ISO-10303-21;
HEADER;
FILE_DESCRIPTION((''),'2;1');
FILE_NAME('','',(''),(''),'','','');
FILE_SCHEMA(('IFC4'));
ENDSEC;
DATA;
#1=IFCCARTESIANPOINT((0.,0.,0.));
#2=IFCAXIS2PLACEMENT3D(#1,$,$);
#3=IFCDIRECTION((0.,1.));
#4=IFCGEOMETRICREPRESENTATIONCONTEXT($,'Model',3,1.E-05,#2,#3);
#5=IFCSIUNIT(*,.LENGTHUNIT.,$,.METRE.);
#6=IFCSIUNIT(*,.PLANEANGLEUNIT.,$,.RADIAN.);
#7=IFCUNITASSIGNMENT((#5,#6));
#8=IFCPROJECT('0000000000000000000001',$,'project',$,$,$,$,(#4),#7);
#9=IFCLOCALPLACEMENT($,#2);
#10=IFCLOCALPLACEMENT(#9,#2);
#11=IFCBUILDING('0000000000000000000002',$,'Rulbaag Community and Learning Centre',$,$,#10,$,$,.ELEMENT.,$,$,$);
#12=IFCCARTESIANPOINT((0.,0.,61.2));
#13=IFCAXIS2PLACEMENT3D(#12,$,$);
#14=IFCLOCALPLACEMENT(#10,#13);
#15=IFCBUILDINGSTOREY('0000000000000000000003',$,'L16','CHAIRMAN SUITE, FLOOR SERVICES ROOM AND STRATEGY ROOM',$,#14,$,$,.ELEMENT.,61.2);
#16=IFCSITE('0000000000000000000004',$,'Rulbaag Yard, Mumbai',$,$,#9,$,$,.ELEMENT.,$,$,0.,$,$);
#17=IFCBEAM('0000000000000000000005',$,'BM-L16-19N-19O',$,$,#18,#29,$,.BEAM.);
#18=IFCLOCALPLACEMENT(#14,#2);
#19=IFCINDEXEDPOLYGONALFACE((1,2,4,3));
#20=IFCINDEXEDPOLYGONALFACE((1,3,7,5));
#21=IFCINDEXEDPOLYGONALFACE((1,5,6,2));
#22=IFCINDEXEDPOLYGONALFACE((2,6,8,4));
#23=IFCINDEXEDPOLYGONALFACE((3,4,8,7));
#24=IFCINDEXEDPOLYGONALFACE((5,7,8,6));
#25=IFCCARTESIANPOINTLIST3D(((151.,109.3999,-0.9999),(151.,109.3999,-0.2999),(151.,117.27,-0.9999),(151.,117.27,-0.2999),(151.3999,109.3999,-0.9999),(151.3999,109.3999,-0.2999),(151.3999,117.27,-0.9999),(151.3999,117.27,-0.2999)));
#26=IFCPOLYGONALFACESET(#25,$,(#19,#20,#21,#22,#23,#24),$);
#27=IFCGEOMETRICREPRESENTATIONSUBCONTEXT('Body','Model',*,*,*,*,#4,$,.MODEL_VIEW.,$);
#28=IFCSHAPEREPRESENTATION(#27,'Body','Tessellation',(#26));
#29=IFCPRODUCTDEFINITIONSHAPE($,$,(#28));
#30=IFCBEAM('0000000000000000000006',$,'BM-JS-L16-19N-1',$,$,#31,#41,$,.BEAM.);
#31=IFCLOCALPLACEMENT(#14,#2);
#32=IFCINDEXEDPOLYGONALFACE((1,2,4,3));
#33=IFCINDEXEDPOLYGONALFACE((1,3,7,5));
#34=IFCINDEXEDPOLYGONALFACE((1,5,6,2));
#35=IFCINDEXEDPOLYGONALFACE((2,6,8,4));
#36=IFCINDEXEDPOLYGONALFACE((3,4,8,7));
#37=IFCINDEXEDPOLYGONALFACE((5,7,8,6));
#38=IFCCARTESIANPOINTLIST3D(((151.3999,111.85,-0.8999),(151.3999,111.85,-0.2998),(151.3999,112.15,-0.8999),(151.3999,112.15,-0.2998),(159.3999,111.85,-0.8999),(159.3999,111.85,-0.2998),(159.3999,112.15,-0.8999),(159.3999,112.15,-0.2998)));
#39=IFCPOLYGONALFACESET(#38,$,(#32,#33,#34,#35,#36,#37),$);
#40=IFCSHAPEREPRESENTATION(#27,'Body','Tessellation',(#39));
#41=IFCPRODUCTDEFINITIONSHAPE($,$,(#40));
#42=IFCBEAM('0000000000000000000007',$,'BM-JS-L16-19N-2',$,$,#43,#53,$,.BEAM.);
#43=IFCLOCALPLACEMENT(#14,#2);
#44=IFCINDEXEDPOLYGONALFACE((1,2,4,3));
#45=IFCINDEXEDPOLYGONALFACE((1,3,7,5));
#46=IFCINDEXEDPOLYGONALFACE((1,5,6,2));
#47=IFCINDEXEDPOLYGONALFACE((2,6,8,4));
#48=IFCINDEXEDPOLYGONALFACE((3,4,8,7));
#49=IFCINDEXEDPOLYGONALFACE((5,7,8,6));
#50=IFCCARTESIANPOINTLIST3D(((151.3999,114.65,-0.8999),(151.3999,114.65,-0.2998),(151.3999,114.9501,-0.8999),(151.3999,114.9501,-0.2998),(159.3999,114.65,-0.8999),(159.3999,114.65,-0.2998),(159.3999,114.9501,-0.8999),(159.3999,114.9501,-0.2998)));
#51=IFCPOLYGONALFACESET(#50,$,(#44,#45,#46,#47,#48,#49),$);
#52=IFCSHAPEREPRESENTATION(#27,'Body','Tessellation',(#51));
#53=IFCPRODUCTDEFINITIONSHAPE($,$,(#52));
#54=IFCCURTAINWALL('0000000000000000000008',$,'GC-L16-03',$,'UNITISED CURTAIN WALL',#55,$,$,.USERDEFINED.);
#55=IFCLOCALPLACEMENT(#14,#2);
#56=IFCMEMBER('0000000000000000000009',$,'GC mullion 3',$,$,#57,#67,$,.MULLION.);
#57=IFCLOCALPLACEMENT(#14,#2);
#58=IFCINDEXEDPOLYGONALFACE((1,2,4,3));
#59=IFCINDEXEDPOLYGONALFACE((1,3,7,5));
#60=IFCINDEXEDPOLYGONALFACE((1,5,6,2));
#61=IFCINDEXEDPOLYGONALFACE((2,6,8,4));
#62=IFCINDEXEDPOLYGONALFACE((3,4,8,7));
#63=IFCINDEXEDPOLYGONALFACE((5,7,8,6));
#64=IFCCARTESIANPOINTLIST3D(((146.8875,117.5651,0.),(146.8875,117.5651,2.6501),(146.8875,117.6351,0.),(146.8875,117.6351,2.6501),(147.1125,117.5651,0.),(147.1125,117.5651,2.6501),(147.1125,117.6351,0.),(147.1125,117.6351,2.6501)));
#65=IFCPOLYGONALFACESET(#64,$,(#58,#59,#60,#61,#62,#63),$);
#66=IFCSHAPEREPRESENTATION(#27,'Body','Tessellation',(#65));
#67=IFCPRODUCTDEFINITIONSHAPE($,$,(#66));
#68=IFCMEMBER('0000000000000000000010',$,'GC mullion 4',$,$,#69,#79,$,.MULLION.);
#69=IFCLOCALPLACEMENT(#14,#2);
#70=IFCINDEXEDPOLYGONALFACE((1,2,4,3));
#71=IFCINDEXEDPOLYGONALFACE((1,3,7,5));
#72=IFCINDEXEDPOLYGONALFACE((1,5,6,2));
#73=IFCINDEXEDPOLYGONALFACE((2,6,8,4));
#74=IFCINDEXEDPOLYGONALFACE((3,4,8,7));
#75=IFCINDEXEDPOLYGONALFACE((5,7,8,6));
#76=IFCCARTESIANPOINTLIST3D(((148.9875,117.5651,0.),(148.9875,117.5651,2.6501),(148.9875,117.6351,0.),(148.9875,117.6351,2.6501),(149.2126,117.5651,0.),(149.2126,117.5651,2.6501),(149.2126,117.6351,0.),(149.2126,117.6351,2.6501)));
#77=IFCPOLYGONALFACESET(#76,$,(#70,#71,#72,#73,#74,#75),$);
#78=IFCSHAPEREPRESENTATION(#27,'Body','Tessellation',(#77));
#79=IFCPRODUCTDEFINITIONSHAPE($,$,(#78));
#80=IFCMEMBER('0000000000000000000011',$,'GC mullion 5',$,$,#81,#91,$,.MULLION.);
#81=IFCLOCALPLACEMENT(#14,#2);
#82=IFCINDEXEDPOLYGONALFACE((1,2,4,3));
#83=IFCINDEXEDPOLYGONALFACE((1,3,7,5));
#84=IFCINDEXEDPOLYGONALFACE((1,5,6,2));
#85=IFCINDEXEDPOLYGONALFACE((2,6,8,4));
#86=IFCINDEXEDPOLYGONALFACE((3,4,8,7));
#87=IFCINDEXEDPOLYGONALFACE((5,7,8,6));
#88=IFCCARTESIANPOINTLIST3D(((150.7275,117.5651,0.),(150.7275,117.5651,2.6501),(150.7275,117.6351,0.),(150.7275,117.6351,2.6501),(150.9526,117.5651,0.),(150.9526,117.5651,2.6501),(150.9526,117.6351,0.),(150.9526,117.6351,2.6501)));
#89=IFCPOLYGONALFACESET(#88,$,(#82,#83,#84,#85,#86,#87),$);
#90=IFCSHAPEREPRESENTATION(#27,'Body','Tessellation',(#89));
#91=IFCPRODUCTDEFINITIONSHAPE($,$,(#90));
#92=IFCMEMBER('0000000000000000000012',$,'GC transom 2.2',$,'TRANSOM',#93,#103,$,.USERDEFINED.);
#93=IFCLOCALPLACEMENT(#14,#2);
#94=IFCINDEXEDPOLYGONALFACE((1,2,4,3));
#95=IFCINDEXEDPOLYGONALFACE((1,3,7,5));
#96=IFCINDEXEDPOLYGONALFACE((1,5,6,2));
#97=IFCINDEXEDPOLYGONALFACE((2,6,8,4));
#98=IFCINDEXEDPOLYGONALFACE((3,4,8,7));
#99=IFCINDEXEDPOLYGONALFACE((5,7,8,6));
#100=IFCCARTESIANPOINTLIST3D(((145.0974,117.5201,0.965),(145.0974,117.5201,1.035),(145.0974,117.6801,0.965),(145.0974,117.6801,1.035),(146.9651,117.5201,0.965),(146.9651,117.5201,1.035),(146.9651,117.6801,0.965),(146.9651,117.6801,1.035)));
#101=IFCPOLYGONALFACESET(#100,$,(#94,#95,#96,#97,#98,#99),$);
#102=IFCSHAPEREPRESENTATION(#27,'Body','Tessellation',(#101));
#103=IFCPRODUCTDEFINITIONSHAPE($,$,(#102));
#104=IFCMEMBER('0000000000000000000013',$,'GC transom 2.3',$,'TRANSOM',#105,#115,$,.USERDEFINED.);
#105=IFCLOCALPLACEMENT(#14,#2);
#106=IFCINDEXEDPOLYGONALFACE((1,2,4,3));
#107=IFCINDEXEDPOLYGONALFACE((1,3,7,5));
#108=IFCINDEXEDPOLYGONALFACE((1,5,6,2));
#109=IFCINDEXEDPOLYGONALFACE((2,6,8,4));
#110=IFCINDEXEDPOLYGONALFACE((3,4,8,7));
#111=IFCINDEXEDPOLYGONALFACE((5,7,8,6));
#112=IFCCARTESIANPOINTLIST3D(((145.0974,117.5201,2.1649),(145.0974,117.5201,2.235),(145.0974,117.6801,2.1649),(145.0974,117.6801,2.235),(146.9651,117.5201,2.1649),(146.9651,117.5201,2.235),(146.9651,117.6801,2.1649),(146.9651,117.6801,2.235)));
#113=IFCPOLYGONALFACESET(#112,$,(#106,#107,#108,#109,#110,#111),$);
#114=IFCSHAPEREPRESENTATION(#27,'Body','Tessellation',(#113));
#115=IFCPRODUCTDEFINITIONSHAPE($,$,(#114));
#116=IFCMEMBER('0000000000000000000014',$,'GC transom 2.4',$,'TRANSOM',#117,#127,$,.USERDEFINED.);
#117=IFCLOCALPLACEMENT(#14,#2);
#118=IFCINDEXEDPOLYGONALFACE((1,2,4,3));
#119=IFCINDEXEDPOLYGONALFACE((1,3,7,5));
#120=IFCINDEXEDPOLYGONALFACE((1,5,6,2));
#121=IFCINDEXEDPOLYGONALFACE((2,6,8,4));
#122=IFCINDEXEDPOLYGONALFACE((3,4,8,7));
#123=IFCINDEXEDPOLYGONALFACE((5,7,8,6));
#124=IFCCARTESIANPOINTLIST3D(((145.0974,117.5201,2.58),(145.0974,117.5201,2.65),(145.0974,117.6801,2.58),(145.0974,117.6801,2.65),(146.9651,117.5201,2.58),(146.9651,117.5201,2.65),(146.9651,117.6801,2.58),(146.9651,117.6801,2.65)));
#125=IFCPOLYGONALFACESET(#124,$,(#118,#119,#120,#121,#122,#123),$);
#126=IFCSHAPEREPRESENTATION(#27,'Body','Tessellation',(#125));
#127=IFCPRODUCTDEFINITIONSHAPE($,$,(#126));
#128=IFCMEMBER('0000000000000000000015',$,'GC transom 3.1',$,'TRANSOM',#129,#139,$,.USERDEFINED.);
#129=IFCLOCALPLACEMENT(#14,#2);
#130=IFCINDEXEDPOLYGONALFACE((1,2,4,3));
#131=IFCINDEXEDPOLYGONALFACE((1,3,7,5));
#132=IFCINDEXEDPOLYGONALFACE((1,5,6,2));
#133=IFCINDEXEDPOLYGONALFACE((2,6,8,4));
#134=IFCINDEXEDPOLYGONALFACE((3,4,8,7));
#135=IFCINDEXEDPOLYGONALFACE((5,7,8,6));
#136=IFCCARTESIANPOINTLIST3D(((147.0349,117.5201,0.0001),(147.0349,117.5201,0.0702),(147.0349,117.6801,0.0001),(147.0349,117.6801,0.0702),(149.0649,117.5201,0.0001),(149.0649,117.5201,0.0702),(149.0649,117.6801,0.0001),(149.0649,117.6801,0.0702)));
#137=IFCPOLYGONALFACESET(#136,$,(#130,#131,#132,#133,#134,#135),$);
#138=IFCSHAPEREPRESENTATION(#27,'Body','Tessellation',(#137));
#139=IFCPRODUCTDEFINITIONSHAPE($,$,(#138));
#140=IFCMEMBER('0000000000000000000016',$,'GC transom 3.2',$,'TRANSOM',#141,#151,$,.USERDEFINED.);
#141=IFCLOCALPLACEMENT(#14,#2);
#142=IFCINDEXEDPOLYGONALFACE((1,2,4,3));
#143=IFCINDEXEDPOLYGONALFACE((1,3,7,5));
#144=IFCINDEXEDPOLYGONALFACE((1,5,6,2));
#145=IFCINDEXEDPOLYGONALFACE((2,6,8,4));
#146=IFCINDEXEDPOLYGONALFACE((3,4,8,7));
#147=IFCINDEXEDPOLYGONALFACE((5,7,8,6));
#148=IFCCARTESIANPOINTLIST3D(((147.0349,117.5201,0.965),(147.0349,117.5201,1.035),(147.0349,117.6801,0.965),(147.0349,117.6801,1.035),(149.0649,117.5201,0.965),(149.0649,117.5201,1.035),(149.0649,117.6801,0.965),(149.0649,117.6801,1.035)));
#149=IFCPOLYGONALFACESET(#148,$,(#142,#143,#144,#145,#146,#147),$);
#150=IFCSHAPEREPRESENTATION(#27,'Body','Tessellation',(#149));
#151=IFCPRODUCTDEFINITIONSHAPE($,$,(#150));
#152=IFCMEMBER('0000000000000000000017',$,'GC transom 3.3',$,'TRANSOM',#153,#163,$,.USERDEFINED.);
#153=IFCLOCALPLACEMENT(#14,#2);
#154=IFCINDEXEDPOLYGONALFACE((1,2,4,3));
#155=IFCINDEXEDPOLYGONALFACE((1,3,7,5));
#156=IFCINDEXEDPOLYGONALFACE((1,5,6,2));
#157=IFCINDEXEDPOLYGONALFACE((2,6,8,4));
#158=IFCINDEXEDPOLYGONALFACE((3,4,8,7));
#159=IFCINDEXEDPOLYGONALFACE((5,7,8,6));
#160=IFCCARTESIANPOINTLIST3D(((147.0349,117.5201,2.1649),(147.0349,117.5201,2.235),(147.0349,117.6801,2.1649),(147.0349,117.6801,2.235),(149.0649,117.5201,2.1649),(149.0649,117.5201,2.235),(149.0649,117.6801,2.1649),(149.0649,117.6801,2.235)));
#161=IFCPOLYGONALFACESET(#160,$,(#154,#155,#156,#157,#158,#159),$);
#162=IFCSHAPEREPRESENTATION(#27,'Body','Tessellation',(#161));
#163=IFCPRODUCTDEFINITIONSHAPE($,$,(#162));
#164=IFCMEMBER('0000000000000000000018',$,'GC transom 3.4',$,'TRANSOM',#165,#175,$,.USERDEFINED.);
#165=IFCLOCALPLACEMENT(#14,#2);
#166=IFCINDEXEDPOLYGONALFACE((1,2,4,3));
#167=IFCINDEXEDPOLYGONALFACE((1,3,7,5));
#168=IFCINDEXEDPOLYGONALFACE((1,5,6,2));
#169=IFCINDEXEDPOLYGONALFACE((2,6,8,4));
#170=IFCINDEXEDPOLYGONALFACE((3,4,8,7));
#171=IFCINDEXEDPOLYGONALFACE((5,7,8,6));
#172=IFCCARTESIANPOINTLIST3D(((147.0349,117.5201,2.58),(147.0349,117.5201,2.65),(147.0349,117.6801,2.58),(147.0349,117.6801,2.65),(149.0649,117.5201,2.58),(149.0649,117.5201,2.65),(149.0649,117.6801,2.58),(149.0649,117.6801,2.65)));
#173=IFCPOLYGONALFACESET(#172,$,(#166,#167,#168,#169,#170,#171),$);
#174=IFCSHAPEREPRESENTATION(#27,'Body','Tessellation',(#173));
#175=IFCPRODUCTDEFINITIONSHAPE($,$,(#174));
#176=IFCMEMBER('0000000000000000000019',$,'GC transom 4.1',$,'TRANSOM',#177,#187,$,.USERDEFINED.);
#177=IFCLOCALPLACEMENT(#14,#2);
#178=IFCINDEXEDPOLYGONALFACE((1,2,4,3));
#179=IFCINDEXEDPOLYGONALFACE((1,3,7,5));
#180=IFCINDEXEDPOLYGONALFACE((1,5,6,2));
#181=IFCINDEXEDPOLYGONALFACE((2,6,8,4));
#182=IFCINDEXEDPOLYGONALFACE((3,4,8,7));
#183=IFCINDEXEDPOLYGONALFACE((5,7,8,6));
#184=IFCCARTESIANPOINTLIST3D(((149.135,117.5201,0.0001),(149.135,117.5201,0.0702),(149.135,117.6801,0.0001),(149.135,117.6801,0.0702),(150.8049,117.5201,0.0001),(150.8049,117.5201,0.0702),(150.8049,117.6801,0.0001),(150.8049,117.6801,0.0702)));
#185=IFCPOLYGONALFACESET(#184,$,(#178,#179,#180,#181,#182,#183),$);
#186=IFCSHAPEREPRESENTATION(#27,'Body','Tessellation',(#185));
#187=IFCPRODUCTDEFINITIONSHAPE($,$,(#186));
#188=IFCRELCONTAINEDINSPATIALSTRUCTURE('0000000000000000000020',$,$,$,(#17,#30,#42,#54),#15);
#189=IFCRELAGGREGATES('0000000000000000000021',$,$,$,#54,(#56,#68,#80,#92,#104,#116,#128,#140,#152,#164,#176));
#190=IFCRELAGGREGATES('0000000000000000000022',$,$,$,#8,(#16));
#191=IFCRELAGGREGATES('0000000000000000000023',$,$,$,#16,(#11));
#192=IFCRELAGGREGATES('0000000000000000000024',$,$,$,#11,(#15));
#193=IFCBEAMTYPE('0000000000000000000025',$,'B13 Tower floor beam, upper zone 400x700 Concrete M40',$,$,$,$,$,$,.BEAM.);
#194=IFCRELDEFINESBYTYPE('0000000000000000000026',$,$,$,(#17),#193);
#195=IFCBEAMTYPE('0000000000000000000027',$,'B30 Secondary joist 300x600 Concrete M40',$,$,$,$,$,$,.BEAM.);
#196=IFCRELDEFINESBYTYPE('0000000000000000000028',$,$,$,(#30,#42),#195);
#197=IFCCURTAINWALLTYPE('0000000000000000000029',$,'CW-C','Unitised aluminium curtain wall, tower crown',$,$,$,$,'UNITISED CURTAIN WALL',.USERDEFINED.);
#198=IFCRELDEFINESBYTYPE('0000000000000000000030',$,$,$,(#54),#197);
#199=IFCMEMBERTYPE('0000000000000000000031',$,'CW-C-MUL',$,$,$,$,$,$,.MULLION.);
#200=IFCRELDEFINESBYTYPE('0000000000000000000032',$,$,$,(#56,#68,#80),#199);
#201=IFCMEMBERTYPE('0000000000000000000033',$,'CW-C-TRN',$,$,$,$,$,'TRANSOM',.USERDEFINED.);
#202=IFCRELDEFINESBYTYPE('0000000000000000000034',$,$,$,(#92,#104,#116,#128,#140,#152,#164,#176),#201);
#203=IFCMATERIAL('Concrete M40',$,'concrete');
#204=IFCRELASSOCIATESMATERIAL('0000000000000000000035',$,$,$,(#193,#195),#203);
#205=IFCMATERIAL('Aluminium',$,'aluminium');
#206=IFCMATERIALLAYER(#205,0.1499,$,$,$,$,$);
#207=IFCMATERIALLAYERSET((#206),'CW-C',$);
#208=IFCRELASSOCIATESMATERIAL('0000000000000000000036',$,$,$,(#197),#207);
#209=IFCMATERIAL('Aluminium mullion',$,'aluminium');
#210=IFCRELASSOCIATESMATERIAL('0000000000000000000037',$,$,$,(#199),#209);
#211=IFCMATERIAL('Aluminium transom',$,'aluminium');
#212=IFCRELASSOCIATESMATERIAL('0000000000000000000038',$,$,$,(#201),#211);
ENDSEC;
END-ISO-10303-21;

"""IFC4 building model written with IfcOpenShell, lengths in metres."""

from ifc_helpers import new_model, si_unit, direction, frame, origin, origin_2d, place, context, subcontext, project, spatial, rectangle, extrude, material, layer, layer_set, material_profile, profile_set, type_object, element, aggregate, save


model = new_model("IFC4")

# Units and contexts
model_context = context("Model", 3, precision=1e-05, world=origin(), true_north=direction((0.0, 1.0)))
body_context = subcontext(model_context, "Body", "Model", "MODEL_VIEW")
ifc_project = project(units=[si_unit("LENGTHUNIT", "METRE"), si_unit("PLANEANGLEUNIT", "RADIAN")], contexts=[model_context])

# Site, building, storey
site_placement = place(None, origin())
site = spatial("IfcSite", under=ifc_project, at=site_placement, Name="Rulbaag Yard, Mumbai", CompositionType="ELEMENT", RefElevation=0.0)
building_placement = place(site_placement, origin())
building = spatial("IfcBuilding", under=site, at=building_placement, Name="Rulbaag Community and Learning Centre", CompositionType="ELEMENT")
storey_placement = place(building_placement, frame((0.0, 0.0, 61.2)))
storey = spatial("IfcBuildingStorey", under=building, at=storey_placement, Name="L16", Description="CHAIRMAN SUITE, FLOOR SERVICES ROOM AND STRATEGY ROOM", CompositionType="ELEMENT", Elevation=61.2)

# Beams
ifc_material_1 = material(Name="Concrete M40", Category="concrete")
ifc_material_profile_1 = material_profile(ifc_material_1, rectangle(XDim=0.3999, YDim=0.7, at=origin_2d()), Name="RB400x700")
ifc_profile_set_1 = profile_set([ifc_material_profile_1], Name="Concrete M40")
beam_type_1 = type_object("IfcBeamType", Name="B13 Tower floor beam, upper zone 400x700 Concrete M40", PredefinedType="BEAM", material=ifc_profile_set_1)
beam_placement = place(storey_placement, frame((151.2, 109.3999, -0.6499), z_axis=(0.0, 1.0, 0.0), x_axis=(-1.0, 0.0, 0.0)))
element("IfcBeam", 1, at=beam_placement, inside=storey, type_object=beam_type_1, Name="BM-L16-19N-19O", PredefinedType="BEAM", context=body_context, shape_type="SweptSolid", body=[
    extrude(rectangle(XDim=0.3999, YDim=0.7, at=origin_2d()), origin(), (0.0, 0.0, 1.0), 7.8701),
])
ifc_material_profile_2 = material_profile(ifc_material_1, rectangle(XDim=0.3, YDim=0.6001, at=origin_2d()), Name="RB300x600")
ifc_profile_set_2 = profile_set([ifc_material_profile_2], Name="Concrete M40")
beam_type_2 = type_object("IfcBeamType", Name="B30 Secondary joist 300x600 Concrete M40", PredefinedType="BEAM", material=ifc_profile_set_2)
for number, where, z_axis, x_axis, name in (
    (2, (151.3999, 112.0, -0.5999), (1.0, 0.0, 0.0), (0.0, 1.0, 0.0), "BM-JS-L16-19N-1"),
    (3, (151.3999, 114.8, -0.5999), (1.0, 0.0, 0.0), (0.0, 1.0, 0.0), "BM-JS-L16-19N-2"),
):
    element("IfcBeam", number, at=place(storey_placement, frame(where, z_axis=z_axis, x_axis=x_axis)), inside=storey, type_object=beam_type_2, Name=name, PredefinedType="BEAM", context=body_context, shape_type="SweptSolid", body=[
        extrude(rectangle(XDim=0.3, YDim=0.6001, at=origin_2d()), origin(), (0.0, 0.0, 1.0), 8.0),
    ])

# Curtain wall, members
ifc_material_2 = material(Name="Aluminium", Category="aluminium")
ifc_layer_1 = layer(ifc_material_2, 0.1499)
ifc_layer_set_1 = layer_set([ifc_layer_1], Name="CW-C")
curtain_wall_type = type_object("IfcCurtainWallType", Name="CW-C", Description="Unitised aluminium curtain wall, tower crown", ElementType="UNITISED CURTAIN WALL", PredefinedType="USERDEFINED", material=ifc_layer_set_1)
curtain_wall_placement = place(storey_placement, origin())
curtain_wall = element("IfcCurtainWall", 4, at=curtain_wall_placement, inside=storey, type_object=curtain_wall_type, Name="GC-L16-03", ObjectType="UNITISED CURTAIN WALL", PredefinedType="USERDEFINED")
ifc_material_3 = material(Name="Aluminium mullion", Category="aluminium")
ifc_material_profile_3 = material_profile(ifc_material_3, rectangle(XDim=0.0701, YDim=0.2251, at=origin_2d()), Name="AL 70x225")
ifc_profile_set_3 = profile_set([ifc_material_profile_3], Name="Aluminium mullion")
member_type_1 = type_object("IfcMemberType", Name="CW-C-MUL", PredefinedType="MULLION", material=ifc_profile_set_3)
member_1_placement = place(storey_placement, frame((147.0, 117.6001, 0.0), z_axis=(0.0, 0.0, 1.0), x_axis=(0.0, 1.0, 0.0)))
member_1 = element("IfcMember", 5, at=member_1_placement, type_object=member_type_1, Name="GC mullion 3", PredefinedType="MULLION", context=body_context, shape_type="SweptSolid", body=[
    extrude(rectangle(XDim=0.0701, YDim=0.2251, at=origin_2d()), origin(), (0.0, 0.0, 1.0), 2.6501),
])
member_2_placement = place(storey_placement, frame((149.1001, 117.6001, 0.0), z_axis=(0.0, 0.0, 1.0), x_axis=(0.0, 1.0, 0.0)))
member_2 = element("IfcMember", 6, at=member_2_placement, type_object=member_type_1, Name="GC mullion 4", PredefinedType="MULLION", context=body_context, shape_type="SweptSolid", body=[
    extrude(rectangle(XDim=0.0701, YDim=0.2251, at=origin_2d()), origin(), (0.0, 0.0, 1.0), 2.6501),
])
member_3_placement = place(storey_placement, frame((150.8401, 117.6001, 0.0), z_axis=(0.0, 0.0, 1.0), x_axis=(0.0, 1.0, 0.0)))
member_3 = element("IfcMember", 7, at=member_3_placement, type_object=member_type_1, Name="GC mullion 5", PredefinedType="MULLION", context=body_context, shape_type="SweptSolid", body=[
    extrude(rectangle(XDim=0.0701, YDim=0.2251, at=origin_2d()), origin(), (0.0, 0.0, 1.0), 2.6501),
])
ifc_material_4 = material(Name="Aluminium transom", Category="aluminium")
ifc_material_profile_4 = material_profile(ifc_material_4, rectangle(XDim=0.1599, YDim=0.0701, at=origin_2d()), Name="AL 70x160 T")
ifc_profile_set_4 = profile_set([ifc_material_profile_4], Name="Aluminium transom")
member_type_2 = type_object("IfcMemberType", Name="CW-C-TRN", ElementType="TRANSOM", PredefinedType="USERDEFINED", material=ifc_profile_set_4)
member_4_placement = place(storey_placement, frame((145.0974, 117.6001, 1.0), z_axis=(1.0, 0.0, 0.0), x_axis=(0.0, 1.0, 0.0)))
member_4 = element("IfcMember", 8, at=member_4_placement, type_object=member_type_2, Name="GC transom 2.2", ObjectType="TRANSOM", PredefinedType="USERDEFINED", context=body_context, shape_type="SweptSolid", body=[
    extrude(rectangle(XDim=0.1599, YDim=0.0701, at=origin_2d()), origin(), (0.0, 0.0, 1.0), 1.8677),
])
member_5_placement = place(storey_placement, frame((145.0974, 117.6001, 2.2), z_axis=(1.0, 0.0, 0.0), x_axis=(0.0, 1.0, 0.0)))
member_5 = element("IfcMember", 9, at=member_5_placement, type_object=member_type_2, Name="GC transom 2.3", ObjectType="TRANSOM", PredefinedType="USERDEFINED", context=body_context, shape_type="SweptSolid", body=[
    extrude(rectangle(XDim=0.1599, YDim=0.0701, at=origin_2d()), origin(), (0.0, 0.0, 1.0), 1.8677),
])
member_6_placement = place(storey_placement, frame((145.0974, 117.6001, 2.615), z_axis=(1.0, 0.0, 0.0), x_axis=(0.0, 1.0, 0.0)))
member_6 = element("IfcMember", 10, at=member_6_placement, type_object=member_type_2, Name="GC transom 2.4", ObjectType="TRANSOM", PredefinedType="USERDEFINED", context=body_context, shape_type="SweptSolid", body=[
    extrude(rectangle(XDim=0.1599, YDim=0.0701, at=origin_2d()), origin(), (0.0, 0.0, 1.0), 1.8677),
])
member_7_placement = place(storey_placement, frame((147.0349, 117.6001, 0.0352), z_axis=(1.0, 0.0, 0.0), x_axis=(0.0, 1.0, 0.0)))
member_7 = element("IfcMember", 11, at=member_7_placement, type_object=member_type_2, Name="GC transom 3.1", ObjectType="TRANSOM", PredefinedType="USERDEFINED", context=body_context, shape_type="SweptSolid", body=[
    extrude(rectangle(XDim=0.1599, YDim=0.0701, at=origin_2d()), origin(), (0.0, 0.0, 1.0), 2.03),
])
member_8_placement = place(storey_placement, frame((147.0349, 117.6001, 1.0), z_axis=(1.0, 0.0, 0.0), x_axis=(0.0, 1.0, 0.0)))
member_8 = element("IfcMember", 12, at=member_8_placement, type_object=member_type_2, Name="GC transom 3.2", ObjectType="TRANSOM", PredefinedType="USERDEFINED", context=body_context, shape_type="SweptSolid", body=[
    extrude(rectangle(XDim=0.1599, YDim=0.0701, at=origin_2d()), origin(), (0.0, 0.0, 1.0), 2.03),
])
member_9_placement = place(storey_placement, frame((147.0349, 117.6001, 2.2), z_axis=(1.0, 0.0, 0.0), x_axis=(0.0, 1.0, 0.0)))
member_9 = element("IfcMember", 13, at=member_9_placement, type_object=member_type_2, Name="GC transom 3.3", ObjectType="TRANSOM", PredefinedType="USERDEFINED", context=body_context, shape_type="SweptSolid", body=[
    extrude(rectangle(XDim=0.1599, YDim=0.0701, at=origin_2d()), origin(), (0.0, 0.0, 1.0), 2.03),
])
member_10_placement = place(storey_placement, frame((147.0349, 117.6001, 2.615), z_axis=(1.0, 0.0, 0.0), x_axis=(0.0, 1.0, 0.0)))
member_10 = element("IfcMember", 14, at=member_10_placement, type_object=member_type_2, Name="GC transom 3.4", ObjectType="TRANSOM", PredefinedType="USERDEFINED", context=body_context, shape_type="SweptSolid", body=[
    extrude(rectangle(XDim=0.1599, YDim=0.0701, at=origin_2d()), origin(), (0.0, 0.0, 1.0), 2.03),
])
member_11_placement = place(storey_placement, frame((149.135, 117.6001, 0.0352), z_axis=(1.0, 0.0, 0.0), x_axis=(0.0, 1.0, 0.0)))
member_11 = element("IfcMember", 15, at=member_11_placement, type_object=member_type_2, Name="GC transom 4.1", ObjectType="TRANSOM", PredefinedType="USERDEFINED", context=body_context, shape_type="SweptSolid", body=[
    extrude(rectangle(XDim=0.1599, YDim=0.0701, at=origin_2d()), origin(), (0.0, 0.0, 1.0), 1.6699),
])
aggregate(curtain_wall, [member_1, member_2, member_3, member_4, member_5, member_6, member_7, member_8, member_9, member_10, member_11])

save(model, "model.ifc")
